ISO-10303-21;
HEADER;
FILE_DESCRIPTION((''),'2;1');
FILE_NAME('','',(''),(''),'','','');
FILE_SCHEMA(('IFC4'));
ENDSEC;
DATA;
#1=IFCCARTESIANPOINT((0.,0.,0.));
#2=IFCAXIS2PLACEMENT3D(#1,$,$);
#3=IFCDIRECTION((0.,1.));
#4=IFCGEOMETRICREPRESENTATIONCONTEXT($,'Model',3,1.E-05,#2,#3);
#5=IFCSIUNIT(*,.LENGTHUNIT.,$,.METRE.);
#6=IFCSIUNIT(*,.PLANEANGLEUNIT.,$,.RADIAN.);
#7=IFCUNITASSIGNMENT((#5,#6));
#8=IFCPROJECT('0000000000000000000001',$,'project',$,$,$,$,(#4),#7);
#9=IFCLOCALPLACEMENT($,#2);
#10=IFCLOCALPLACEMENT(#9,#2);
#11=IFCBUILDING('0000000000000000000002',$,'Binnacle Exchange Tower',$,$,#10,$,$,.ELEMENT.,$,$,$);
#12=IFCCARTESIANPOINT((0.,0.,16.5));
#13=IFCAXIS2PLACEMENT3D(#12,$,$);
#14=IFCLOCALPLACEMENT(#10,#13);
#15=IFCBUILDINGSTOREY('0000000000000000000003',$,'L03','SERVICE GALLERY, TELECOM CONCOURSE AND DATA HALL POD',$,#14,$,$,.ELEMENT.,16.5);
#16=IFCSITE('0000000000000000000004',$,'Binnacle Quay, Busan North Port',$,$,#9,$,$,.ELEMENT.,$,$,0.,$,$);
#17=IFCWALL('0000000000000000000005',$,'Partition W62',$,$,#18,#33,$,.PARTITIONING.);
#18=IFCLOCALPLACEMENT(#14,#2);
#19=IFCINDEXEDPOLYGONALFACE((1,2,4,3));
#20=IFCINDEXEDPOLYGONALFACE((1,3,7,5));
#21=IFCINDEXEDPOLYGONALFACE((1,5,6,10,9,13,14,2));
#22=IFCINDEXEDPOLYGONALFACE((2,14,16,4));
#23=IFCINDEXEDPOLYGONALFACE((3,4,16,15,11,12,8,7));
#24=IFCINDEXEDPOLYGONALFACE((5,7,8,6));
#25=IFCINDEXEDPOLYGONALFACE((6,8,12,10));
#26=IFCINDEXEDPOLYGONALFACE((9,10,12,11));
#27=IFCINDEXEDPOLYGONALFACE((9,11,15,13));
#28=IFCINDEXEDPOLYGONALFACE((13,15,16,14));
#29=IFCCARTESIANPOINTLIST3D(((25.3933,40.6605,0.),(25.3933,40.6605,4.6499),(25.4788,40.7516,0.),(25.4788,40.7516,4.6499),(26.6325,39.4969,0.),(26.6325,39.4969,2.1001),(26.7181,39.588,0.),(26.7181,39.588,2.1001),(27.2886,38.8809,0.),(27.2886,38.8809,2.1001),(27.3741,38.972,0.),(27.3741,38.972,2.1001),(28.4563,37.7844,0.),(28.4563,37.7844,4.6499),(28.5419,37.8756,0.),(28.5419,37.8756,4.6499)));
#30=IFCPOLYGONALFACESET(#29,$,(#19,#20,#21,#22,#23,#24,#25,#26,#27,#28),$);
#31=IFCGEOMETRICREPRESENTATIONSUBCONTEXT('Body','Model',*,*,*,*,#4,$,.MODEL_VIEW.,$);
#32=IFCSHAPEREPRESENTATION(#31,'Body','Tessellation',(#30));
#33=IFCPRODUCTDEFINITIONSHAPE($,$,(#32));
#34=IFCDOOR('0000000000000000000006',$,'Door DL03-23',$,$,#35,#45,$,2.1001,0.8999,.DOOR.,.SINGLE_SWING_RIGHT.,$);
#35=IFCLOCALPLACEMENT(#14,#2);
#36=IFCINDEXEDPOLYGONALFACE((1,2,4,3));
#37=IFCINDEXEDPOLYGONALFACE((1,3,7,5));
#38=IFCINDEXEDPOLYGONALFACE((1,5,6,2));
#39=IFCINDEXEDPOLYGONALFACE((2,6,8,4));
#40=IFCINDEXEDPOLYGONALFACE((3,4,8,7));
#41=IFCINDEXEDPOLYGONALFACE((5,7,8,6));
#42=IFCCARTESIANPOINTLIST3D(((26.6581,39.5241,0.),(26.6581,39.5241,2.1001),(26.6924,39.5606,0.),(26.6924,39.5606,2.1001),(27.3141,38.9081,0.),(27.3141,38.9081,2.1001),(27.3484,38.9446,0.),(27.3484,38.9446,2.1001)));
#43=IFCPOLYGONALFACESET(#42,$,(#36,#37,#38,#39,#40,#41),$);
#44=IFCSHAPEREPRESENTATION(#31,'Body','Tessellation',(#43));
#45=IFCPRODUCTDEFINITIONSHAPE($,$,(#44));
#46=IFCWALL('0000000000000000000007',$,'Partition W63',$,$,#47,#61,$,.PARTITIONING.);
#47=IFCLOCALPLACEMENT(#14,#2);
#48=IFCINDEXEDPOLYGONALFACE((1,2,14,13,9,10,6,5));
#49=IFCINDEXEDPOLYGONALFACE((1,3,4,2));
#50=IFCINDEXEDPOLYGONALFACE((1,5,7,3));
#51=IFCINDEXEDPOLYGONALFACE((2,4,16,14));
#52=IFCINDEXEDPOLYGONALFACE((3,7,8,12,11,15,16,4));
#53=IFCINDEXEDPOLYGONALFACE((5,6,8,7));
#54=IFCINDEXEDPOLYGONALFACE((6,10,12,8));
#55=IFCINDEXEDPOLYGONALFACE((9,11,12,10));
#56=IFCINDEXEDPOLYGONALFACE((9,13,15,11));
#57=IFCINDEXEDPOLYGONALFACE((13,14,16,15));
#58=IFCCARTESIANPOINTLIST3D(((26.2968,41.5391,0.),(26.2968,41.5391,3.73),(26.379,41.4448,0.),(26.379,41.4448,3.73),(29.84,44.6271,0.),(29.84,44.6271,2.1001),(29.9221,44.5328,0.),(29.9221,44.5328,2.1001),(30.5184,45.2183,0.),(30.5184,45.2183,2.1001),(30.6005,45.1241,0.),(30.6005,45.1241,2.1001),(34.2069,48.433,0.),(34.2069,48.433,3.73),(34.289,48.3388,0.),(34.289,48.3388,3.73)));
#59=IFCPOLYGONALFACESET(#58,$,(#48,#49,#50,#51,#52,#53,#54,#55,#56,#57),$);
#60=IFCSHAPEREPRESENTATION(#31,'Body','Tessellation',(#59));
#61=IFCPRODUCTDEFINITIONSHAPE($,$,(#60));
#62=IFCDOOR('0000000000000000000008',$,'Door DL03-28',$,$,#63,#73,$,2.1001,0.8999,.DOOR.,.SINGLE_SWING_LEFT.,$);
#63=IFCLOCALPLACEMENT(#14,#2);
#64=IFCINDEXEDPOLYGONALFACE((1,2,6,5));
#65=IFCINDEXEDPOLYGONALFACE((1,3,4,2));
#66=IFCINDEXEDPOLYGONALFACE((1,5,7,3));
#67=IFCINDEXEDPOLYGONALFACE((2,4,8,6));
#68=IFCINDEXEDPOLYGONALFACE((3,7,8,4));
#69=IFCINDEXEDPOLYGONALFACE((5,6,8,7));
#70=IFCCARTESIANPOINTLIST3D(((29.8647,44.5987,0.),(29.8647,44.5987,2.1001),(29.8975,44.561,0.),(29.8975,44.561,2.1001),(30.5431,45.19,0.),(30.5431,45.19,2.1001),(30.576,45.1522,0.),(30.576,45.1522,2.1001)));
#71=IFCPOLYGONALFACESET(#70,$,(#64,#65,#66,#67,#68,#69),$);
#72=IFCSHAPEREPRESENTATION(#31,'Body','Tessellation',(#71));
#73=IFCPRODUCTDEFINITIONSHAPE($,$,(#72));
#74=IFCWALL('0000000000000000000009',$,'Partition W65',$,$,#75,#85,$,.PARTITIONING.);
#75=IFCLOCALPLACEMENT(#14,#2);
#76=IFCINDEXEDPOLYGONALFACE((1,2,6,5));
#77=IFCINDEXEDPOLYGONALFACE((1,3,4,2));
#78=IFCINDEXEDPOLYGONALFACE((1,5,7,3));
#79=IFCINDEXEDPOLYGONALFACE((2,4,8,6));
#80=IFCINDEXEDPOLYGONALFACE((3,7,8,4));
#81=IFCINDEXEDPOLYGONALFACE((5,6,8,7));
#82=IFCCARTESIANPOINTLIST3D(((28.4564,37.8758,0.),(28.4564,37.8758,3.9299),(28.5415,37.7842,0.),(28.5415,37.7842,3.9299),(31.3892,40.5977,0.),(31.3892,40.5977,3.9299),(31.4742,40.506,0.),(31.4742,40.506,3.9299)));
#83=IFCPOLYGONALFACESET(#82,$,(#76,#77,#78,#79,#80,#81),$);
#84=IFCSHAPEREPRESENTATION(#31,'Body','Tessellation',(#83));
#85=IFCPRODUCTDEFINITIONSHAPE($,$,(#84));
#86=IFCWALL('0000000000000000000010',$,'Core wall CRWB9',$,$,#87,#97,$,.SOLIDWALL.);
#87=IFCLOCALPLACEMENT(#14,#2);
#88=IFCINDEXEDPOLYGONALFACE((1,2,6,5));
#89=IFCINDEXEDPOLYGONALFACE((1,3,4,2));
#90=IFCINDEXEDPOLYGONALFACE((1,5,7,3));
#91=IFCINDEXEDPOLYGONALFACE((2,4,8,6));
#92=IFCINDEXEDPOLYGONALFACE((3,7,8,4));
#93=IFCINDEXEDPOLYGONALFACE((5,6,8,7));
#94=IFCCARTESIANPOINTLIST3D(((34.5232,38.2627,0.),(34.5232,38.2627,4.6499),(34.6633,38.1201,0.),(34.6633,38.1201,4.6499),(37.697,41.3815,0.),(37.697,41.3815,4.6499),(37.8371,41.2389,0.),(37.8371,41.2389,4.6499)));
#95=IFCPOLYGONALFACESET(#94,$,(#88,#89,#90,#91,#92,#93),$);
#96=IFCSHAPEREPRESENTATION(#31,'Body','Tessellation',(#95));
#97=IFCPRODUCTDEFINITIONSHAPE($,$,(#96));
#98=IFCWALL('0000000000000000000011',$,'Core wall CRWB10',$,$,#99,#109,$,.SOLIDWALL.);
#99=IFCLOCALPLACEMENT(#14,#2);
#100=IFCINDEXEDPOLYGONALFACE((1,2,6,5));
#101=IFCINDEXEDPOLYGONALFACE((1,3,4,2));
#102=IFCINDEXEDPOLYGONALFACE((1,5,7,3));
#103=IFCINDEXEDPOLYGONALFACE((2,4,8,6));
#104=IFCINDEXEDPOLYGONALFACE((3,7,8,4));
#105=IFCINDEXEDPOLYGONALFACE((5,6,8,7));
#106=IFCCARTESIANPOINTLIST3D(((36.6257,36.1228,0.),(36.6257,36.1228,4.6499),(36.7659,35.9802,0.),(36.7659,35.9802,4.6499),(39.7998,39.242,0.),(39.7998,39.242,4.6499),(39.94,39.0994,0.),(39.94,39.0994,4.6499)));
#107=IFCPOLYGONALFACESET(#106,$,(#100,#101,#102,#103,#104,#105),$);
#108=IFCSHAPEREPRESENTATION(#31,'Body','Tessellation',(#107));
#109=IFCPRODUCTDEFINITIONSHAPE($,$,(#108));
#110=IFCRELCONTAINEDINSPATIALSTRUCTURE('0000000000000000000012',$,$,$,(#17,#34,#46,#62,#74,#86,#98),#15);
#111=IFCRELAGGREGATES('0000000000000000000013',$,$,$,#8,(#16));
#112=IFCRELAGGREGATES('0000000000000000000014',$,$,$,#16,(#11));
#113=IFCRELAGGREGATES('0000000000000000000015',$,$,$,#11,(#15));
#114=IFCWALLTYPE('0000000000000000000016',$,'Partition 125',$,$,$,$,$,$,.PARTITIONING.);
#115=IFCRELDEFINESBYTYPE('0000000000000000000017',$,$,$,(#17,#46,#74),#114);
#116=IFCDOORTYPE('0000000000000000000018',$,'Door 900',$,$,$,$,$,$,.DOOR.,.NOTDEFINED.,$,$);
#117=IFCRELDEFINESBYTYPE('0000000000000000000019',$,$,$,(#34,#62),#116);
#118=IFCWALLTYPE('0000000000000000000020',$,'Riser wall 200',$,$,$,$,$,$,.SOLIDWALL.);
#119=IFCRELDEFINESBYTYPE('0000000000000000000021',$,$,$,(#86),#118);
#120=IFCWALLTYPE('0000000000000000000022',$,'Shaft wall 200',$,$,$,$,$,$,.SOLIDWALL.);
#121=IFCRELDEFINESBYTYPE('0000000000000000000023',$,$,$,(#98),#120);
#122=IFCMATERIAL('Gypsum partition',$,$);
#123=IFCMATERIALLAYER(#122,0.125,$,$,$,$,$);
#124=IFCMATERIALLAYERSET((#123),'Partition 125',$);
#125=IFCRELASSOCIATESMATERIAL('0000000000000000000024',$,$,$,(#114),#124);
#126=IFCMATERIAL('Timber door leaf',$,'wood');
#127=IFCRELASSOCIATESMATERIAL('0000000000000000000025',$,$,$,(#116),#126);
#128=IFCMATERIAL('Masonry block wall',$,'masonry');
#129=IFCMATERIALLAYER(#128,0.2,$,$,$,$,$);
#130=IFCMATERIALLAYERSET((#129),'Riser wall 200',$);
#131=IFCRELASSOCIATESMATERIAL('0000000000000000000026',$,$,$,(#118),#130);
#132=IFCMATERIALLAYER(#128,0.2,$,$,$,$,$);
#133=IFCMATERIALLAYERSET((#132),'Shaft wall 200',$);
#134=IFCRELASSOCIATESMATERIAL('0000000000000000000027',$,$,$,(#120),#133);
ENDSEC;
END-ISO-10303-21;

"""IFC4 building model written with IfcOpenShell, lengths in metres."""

from ifc_helpers import new_model, si_unit, direction, frame, frame_2d, origin, place, context, subcontext, project, spatial, rectangle, extrude, material, layer, layer_set, type_object, element, fill, save


model = new_model("IFC4")

# Units and contexts
model_context = context("Model", 3, precision=1e-05, world=origin(), true_north=direction((0.0, 1.0)))
body_context = subcontext(model_context, "Body", "Model", "MODEL_VIEW")
ifc_project = project(units=[si_unit("LENGTHUNIT", "METRE"), si_unit("PLANEANGLEUNIT", "RADIAN")], contexts=[model_context])

# Site, building, storey
site_placement = place(None, origin())
site = spatial("IfcSite", under=ifc_project, at=site_placement, Name="Binnacle Quay, Busan North Port", CompositionType="ELEMENT", RefElevation=0.0)
building_placement = place(site_placement, origin())
building = spatial("IfcBuilding", under=site, at=building_placement, Name="Binnacle Exchange Tower", CompositionType="ELEMENT")
storey_placement = place(building_placement, frame((0.0, 0.0, 16.5)))
storey = spatial("IfcBuildingStorey", under=building, at=storey_placement, Name="L03", Description="SERVICE GALLERY, TELECOM CONCOURSE AND DATA HALL POD", CompositionType="ELEMENT", Elevation=16.5)

# Walls, openings, doors
ifc_material_1 = material(Name="Masonry block wall", Category="masonry")
ifc_material_2 = material(Name="Gypsum partition")
ifc_layer_1 = layer(ifc_material_2, 0.125)
ifc_layer_set_1 = layer_set([ifc_layer_1], Name="Partition 125")
wall_type_1 = type_object("IfcWallType", Name="Partition 125", PredefinedType="PARTITIONING", material=ifc_layer_set_1)
wall_1_placement = place(storey_placement, frame((25.436, 40.7061, 0.0), z_axis=(0.0, 0.0, 1.0), x_axis=(0.729011, -0.684501, 0.0)))
wall_1 = element("IfcWall", 1, at=wall_1_placement, inside=storey, type_object=wall_type_1, Name="Partition W62", PredefinedType="PARTITIONING", context=body_context, shape_type="SweptSolid", body=[
    extrude(rectangle(XDim=4.2017, YDim=0.125, at=frame_2d((2.1008, 0.0))), origin(), (0.0, 0.0, 1.0), 4.6499),
])
opening_1_placement = place(wall_1_placement, frame((1.7, 0.0, 0.0)))
opening_1 = element("IfcOpeningElement", 2, at=opening_1_placement, cuts=wall_1, PredefinedType="OPENING", context=body_context, shape_type="SweptSolid", body=[
    extrude(rectangle(XDim=0.8999, YDim=2.1001, at=frame_2d((0.45, 1.05))), frame((0.0, 0.0725, 0.0), z_axis=(0.0, -1.0, 0.0), x_axis=(1.0, 0.0, 0.0)), (0.0, 0.0, 1.0), 0.145),
])
ifc_material_3 = material(Name="Timber door leaf", Category="wood")
door_type_1 = type_object("IfcDoorType", Name="Door 900", OperationType="NOTDEFINED", PredefinedType="DOOR", material=ifc_material_3)
door_1_placement = place(opening_1_placement, origin())
door_1 = element("IfcDoor", 3, at=door_1_placement, inside=storey, type_object=door_type_1, Name="Door DL03-23", OperationType="SINGLE_SWING_RIGHT", OverallHeight=2.1001, OverallWidth=0.8999, PredefinedType="DOOR", context=body_context, shape_type="SweptSolid", body=[
    extrude(rectangle(XDim=0.8999, YDim=2.1001, at=frame_2d((0.45, 1.05))), frame((0.0, 0.0249, 0.0), z_axis=(0.0, -1.0, 0.0), x_axis=(1.0, 0.0, 0.0)), (0.0, 0.0, 1.0), 0.05),
])
fill(opening_1, door_1)
wall_2_placement = place(storey_placement, frame((26.3379, 41.4919, 0.0), z_axis=(0.0, 0.0, 1.0), x_axis=(0.753867, 0.657027, 0.0)))
wall_2 = element("IfcWall", 4, at=wall_2_placement, inside=storey, type_object=wall_type_1, Name="Partition W63", PredefinedType="PARTITIONING", context=body_context, shape_type="SweptSolid", body=[
    extrude(rectangle(XDim=10.4927, YDim=0.125, at=frame_2d((5.2463, 0.0))), origin(), (0.0, 0.0, 1.0), 3.73),
])
opening_2_placement = place(wall_2_placement, frame((4.7, 0.0, 0.0)))
opening_2 = element("IfcOpeningElement", 5, at=opening_2_placement, cuts=wall_2, PredefinedType="OPENING", context=body_context, shape_type="SweptSolid", body=[
    extrude(rectangle(XDim=0.8999, YDim=2.1001, at=frame_2d((0.45, 1.05))), frame((0.0, 0.0725, 0.0), z_axis=(0.0, -1.0, 0.0), x_axis=(1.0, 0.0, 0.0)), (0.0, 0.0, 1.0), 0.145),
])
door_2_placement = place(opening_2_placement, origin())
door_2 = element("IfcDoor", 6, at=door_2_placement, inside=storey, type_object=door_type_1, Name="Door DL03-28", OperationType="SINGLE_SWING_LEFT", OverallHeight=2.1001, OverallWidth=0.8999, PredefinedType="DOOR", context=body_context, shape_type="SweptSolid", body=[
    extrude(rectangle(XDim=0.8999, YDim=2.1001, at=frame_2d((0.45, 1.05))), frame((0.0, 0.0249, 0.0), z_axis=(0.0, -1.0, 0.0), x_axis=(1.0, 0.0, 0.0)), (0.0, 0.0, 1.0), 0.05),
])
fill(opening_2, door_2)

# Walls
wall_3_placement = place(storey_placement, frame((28.499, 37.8301, 0.0), z_axis=(0.0, 0.0, 1.0), x_axis=(0.732974, 0.680257, 0.0)))
element("IfcWall", 7, at=wall_3_placement, inside=storey, type_object=wall_type_1, Name="Partition W65", PredefinedType="PARTITIONING", context=body_context, shape_type="SweptSolid", body=[
    extrude(rectangle(XDim=4.0012, YDim=0.125, at=frame_2d((2.0005, 0.0))), origin(), (0.0, 0.0, 1.0), 3.9299),
])
ifc_layer_2 = layer(ifc_material_1, 0.2)
ifc_layer_set_2 = layer_set([ifc_layer_2], Name="Riser wall 200")
wall_type_2 = type_object("IfcWallType", Name="Riser wall 200", PredefinedType="SOLIDWALL", material=ifc_layer_set_2)
wall_4_placement = place(storey_placement, frame((34.5933, 38.1914, 0.0), z_axis=(0.0, 0.0, 1.0), x_axis=(0.713252, 0.700907, 0.0)))
element("IfcWall", 8, at=wall_4_placement, inside=storey, type_object=wall_type_2, Name="Core wall CRWB9", PredefinedType="SOLIDWALL", context=body_context, shape_type="SweptSolid", body=[
    extrude(rectangle(XDim=4.4497, YDim=0.2, at=frame_2d((2.2249, 0.0))), origin(), (0.0, 0.0, 1.0), 4.6499),
])
ifc_layer_3 = layer(ifc_material_1, 0.2)
ifc_layer_set_3 = layer_set([ifc_layer_3], Name="Shaft wall 200")
wall_type_3 = type_object("IfcWallType", Name="Shaft wall 200", PredefinedType="SOLIDWALL", material=ifc_layer_set_3)
wall_5_placement = place(storey_placement, frame((36.6958, 36.0515, 0.0), z_axis=(0.0, 0.0, 1.0), x_axis=(0.713252, 0.700908, 0.0)))
element("IfcWall", 9, at=wall_5_placement, inside=storey, type_object=wall_type_3, Name="Core wall CRWB10", PredefinedType="SOLIDWALL", context=body_context, shape_type="SweptSolid", body=[
    extrude(rectangle(XDim=4.4502, YDim=0.2, at=frame_2d((2.2251, 0.0))), origin(), (0.0, 0.0, 1.0), 4.6499),
])

save(model, "model.ifc")
